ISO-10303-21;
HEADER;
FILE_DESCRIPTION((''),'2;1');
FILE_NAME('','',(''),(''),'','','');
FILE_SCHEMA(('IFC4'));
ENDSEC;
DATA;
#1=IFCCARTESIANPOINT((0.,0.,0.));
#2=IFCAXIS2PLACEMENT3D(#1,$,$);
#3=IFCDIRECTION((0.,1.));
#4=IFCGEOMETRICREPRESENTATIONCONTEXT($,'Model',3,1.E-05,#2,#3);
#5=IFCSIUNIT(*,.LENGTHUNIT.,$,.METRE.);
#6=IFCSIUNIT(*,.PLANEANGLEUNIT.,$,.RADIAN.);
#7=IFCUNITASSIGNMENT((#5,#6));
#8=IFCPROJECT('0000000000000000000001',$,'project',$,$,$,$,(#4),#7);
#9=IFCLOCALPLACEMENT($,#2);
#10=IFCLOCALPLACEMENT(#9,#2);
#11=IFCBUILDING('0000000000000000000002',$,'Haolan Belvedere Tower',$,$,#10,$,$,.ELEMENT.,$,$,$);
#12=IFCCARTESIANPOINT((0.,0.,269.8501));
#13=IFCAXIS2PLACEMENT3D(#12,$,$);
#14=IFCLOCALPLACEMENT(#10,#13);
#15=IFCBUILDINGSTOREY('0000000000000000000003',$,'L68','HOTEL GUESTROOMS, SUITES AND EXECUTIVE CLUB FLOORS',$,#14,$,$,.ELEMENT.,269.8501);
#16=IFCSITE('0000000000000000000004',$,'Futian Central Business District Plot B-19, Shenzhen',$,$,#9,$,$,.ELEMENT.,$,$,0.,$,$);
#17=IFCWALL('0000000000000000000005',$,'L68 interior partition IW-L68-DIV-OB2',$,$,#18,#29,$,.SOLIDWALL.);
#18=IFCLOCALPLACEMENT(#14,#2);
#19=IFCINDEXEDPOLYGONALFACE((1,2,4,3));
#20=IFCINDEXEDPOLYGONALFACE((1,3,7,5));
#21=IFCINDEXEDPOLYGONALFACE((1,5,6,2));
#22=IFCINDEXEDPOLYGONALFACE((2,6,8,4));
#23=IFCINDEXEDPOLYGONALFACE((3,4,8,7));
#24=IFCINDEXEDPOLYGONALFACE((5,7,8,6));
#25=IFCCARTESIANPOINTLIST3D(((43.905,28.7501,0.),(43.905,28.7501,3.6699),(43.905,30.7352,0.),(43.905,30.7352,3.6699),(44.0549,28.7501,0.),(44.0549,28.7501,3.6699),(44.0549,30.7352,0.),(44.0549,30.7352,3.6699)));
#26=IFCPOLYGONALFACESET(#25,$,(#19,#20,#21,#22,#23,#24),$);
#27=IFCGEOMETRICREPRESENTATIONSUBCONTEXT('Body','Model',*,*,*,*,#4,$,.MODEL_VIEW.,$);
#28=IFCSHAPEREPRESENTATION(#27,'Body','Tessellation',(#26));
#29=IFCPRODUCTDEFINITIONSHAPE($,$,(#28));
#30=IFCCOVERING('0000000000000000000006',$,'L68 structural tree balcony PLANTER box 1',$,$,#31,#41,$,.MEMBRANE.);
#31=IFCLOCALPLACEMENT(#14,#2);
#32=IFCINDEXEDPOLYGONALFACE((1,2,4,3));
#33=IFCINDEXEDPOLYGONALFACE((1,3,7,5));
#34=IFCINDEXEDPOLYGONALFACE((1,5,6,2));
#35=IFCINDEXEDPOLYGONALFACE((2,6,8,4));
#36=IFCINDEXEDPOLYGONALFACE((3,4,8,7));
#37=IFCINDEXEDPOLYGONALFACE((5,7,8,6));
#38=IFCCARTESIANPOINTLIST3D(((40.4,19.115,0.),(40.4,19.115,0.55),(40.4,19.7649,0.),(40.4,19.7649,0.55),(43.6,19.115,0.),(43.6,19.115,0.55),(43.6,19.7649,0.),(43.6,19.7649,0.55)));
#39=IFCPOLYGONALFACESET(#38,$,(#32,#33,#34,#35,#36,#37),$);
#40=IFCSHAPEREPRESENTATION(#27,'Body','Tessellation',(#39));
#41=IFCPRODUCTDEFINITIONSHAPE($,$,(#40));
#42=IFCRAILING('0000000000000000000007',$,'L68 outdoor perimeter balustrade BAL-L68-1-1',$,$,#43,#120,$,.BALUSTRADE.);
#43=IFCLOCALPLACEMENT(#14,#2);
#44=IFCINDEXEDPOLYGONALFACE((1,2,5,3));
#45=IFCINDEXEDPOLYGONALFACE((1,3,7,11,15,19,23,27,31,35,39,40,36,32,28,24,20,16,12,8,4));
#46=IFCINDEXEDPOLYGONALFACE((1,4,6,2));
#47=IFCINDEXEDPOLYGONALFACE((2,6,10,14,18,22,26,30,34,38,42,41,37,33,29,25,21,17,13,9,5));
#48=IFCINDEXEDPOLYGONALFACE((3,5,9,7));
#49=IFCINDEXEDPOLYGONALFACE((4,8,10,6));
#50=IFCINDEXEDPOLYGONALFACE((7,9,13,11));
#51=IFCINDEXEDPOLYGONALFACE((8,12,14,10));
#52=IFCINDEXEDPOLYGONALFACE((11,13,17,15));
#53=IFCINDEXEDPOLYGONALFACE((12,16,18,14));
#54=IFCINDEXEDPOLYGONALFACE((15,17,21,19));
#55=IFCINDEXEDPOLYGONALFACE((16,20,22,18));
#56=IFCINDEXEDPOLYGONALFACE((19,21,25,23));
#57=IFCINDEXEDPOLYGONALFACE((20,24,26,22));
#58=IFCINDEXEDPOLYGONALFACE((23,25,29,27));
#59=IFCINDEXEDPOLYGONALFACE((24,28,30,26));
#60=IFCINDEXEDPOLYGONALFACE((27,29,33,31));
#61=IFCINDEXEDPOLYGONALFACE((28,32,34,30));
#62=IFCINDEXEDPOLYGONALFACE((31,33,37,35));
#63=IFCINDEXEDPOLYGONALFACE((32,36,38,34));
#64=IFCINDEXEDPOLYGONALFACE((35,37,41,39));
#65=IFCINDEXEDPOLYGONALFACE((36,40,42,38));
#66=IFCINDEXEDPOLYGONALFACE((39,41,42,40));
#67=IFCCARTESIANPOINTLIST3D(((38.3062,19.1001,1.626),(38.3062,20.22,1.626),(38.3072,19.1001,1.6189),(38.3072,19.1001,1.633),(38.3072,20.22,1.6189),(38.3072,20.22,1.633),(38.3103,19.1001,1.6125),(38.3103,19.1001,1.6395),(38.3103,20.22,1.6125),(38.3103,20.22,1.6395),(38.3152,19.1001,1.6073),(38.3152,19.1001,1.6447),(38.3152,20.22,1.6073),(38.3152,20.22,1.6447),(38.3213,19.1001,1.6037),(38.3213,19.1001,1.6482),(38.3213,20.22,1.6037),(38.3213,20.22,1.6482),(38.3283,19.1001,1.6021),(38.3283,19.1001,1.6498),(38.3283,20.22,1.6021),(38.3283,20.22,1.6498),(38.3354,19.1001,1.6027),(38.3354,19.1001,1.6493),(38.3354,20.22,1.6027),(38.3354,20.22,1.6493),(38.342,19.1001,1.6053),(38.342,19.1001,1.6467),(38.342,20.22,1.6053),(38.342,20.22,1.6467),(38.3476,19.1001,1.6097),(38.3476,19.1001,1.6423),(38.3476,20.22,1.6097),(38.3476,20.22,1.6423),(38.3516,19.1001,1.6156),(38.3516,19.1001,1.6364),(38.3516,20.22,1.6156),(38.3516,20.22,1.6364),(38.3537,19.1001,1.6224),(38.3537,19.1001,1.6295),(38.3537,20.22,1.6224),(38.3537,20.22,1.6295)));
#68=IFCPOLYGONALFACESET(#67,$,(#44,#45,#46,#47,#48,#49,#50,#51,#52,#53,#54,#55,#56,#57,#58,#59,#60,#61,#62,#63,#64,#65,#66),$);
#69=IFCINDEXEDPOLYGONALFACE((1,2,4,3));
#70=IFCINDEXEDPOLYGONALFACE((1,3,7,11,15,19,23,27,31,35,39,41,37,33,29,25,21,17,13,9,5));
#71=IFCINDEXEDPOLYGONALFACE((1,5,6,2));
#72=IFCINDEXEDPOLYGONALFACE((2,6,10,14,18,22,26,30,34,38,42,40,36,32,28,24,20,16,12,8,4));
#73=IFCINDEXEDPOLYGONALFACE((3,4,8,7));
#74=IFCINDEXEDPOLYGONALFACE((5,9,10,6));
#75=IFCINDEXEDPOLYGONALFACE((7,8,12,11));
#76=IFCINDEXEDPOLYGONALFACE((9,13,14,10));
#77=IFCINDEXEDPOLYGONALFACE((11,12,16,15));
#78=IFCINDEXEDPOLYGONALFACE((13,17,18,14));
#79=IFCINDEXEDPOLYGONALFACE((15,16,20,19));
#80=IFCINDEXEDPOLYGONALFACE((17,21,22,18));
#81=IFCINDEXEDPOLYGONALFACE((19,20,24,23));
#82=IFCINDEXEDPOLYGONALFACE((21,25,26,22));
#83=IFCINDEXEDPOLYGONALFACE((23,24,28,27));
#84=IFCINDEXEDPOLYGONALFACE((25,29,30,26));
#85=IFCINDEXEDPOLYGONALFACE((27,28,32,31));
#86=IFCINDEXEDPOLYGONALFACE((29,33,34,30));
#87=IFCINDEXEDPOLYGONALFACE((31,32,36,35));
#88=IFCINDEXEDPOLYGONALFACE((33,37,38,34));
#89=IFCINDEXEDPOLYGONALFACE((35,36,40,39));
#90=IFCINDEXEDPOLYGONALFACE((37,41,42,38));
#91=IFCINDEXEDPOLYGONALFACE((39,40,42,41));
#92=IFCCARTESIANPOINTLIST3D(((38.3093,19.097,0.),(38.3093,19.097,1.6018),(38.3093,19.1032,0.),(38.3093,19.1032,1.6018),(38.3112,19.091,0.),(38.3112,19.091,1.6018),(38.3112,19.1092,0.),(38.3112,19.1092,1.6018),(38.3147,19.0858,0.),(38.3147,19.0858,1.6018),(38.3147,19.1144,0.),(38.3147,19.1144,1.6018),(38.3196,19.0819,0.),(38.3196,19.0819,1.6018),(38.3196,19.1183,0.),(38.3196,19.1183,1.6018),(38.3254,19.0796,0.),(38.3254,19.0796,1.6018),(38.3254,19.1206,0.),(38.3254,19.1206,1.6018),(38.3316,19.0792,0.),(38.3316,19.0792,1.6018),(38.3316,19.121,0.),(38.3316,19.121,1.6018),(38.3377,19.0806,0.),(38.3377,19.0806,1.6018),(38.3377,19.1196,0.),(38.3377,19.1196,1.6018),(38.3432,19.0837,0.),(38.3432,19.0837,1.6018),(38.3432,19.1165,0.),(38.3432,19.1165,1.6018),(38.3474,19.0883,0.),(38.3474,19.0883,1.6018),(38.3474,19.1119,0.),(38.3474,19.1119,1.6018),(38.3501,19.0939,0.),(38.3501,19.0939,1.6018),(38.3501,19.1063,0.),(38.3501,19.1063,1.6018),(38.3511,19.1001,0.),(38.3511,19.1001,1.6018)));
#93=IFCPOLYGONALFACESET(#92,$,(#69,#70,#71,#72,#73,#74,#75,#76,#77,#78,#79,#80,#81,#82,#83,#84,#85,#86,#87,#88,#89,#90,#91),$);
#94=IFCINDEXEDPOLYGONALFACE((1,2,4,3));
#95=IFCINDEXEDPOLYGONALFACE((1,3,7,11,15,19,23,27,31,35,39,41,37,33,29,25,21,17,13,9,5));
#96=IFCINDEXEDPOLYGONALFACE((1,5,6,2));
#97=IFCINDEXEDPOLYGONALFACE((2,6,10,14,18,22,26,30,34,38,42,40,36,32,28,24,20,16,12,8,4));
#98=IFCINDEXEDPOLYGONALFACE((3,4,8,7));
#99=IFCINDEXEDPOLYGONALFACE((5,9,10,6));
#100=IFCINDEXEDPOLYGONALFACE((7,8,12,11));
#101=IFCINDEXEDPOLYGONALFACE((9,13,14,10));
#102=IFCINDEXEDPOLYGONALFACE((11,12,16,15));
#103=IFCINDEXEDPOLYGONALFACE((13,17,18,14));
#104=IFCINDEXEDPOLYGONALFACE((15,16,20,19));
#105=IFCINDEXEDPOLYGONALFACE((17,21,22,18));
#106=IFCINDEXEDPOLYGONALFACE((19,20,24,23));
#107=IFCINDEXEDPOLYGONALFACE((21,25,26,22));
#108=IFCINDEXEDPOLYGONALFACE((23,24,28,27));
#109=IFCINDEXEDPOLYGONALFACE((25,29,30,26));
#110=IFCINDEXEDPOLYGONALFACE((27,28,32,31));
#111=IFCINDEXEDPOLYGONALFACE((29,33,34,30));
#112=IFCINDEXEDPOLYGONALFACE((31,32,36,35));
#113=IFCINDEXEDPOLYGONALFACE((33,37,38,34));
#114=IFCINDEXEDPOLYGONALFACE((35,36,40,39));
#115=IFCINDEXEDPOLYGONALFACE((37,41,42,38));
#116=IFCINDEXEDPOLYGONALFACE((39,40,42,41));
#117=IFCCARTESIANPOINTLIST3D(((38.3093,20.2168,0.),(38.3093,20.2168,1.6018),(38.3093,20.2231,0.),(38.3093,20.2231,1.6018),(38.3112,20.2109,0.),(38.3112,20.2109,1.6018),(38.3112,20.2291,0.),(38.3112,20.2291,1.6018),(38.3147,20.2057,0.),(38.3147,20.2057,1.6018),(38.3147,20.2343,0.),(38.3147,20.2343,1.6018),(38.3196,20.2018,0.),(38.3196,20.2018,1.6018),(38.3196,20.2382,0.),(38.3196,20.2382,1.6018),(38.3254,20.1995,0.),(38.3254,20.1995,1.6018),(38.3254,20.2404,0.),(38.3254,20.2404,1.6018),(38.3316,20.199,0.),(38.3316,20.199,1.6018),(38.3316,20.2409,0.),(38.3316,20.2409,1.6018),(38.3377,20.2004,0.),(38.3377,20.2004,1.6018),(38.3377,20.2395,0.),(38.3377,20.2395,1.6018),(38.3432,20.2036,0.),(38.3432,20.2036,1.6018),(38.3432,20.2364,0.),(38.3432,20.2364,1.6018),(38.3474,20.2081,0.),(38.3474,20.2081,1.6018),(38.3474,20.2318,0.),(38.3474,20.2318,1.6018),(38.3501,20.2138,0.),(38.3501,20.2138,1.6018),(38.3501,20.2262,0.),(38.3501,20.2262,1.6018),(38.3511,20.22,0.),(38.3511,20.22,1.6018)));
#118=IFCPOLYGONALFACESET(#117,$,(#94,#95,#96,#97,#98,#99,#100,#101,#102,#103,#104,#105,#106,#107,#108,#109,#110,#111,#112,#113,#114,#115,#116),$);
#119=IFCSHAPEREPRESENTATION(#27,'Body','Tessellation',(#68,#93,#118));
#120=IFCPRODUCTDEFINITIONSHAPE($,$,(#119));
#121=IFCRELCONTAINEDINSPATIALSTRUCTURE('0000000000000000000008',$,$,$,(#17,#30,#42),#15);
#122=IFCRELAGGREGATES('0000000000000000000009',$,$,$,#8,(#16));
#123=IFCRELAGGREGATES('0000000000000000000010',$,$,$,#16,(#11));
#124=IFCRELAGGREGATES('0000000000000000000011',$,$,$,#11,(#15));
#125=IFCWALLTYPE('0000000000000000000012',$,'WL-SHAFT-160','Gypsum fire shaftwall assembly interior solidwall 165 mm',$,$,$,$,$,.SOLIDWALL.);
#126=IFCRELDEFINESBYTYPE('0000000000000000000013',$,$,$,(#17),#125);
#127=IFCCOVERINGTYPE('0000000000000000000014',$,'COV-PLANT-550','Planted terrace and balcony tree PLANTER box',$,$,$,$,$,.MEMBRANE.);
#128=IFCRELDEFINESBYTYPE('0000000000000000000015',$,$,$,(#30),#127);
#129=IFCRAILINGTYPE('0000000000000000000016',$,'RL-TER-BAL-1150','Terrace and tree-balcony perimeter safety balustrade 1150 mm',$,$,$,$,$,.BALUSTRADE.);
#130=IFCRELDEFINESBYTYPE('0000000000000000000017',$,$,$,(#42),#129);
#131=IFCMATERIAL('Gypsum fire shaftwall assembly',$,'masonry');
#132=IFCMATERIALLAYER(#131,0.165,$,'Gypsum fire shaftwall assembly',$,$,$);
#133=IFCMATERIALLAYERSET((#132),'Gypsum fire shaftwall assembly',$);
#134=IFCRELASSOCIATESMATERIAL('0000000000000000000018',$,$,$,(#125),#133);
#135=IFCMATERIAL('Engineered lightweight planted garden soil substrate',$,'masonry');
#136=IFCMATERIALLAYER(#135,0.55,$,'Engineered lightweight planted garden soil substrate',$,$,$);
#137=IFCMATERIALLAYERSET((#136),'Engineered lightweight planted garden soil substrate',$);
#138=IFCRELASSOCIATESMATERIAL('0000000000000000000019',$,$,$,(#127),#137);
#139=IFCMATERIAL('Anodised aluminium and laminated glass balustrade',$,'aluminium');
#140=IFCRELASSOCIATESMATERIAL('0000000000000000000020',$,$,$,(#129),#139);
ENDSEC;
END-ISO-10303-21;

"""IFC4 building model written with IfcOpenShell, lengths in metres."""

from ifc_helpers import new_model, si_unit, direction, frame, frame_2d, origin, origin_2d, place, context, subcontext, project, spatial, rectangle, circle, extrude, material, layer, layer_set, type_object, element, save


model = new_model("IFC4")

# Units and contexts
model_context = context("Model", 3, precision=1e-05, world=origin(), true_north=direction((0.0, 1.0)))
body_context = subcontext(model_context, "Body", "Model", "MODEL_VIEW")
ifc_project = project(units=[si_unit("LENGTHUNIT", "METRE"), si_unit("PLANEANGLEUNIT", "RADIAN")], contexts=[model_context])

# Site, building, storey
site_placement = place(None, origin())
site = spatial("IfcSite", under=ifc_project, at=site_placement, Name="Futian Central Business District Plot B-19, Shenzhen", CompositionType="ELEMENT", RefElevation=0.0)
building_placement = place(site_placement, origin())
building = spatial("IfcBuilding", under=site, at=building_placement, Name="Haolan Belvedere Tower", CompositionType="ELEMENT")
storey_placement = place(building_placement, frame((0.0, 0.0, 269.8501)))
storey = spatial("IfcBuildingStorey", under=building, at=storey_placement, Name="L68", Description="HOTEL GUESTROOMS, SUITES AND EXECUTIVE CLUB FLOORS", CompositionType="ELEMENT", Elevation=269.8501)

# Wall
ifc_material_1 = material(Name="Gypsum fire shaftwall assembly", Category="masonry")
ifc_layer_1 = layer(ifc_material_1, 0.165, Name="Gypsum fire shaftwall assembly")
ifc_layer_set_1 = layer_set([ifc_layer_1], Name="Gypsum fire shaftwall assembly")
wall_type_1 = type_object("IfcWallType", Name="WL-SHAFT-160", Description="Gypsum fire shaftwall assembly interior solidwall 165 mm", PredefinedType="SOLIDWALL", material=ifc_layer_set_1)
for number, where, z_axis, x_axis, name in (
    (1, (43.98, 28.75, 0.0), (0.0, 0.0, 1.0), (0.0, 1.0, 0.0), "L68 interior partition IW-L68-DIV-OB2"),
):
    element("IfcWall", number, at=place(storey_placement, frame(where, z_axis=z_axis, x_axis=x_axis)), inside=storey, type_object=wall_type_1, Name=name, PredefinedType="SOLIDWALL", context=body_context, shape_type="SweptSolid", body=[
        extrude(rectangle(XDim=1.9851, YDim=0.1499, at=frame_2d((0.9927, 0.0))), origin(), (0.0, 0.0, 1.0), 3.6699),
    ])

# Covering
ifc_material_2 = material(Name="Engineered lightweight planted garden soil substrate", Category="masonry")
ifc_layer_2 = layer(ifc_material_2, 0.55, Name="Engineered lightweight planted garden soil substrate")
ifc_layer_set_2 = layer_set([ifc_layer_2], Name="Engineered lightweight planted garden soil substrate")
covering_type = type_object("IfcCoveringType", Name="COV-PLANT-550", Description="Planted terrace and balcony tree PLANTER box", PredefinedType="MEMBRANE", material=ifc_layer_set_2)
covering_placement = place(storey_placement, frame((42.0, 19.4399, 0.0), z_axis=(0.0, 0.0, 1.0), x_axis=(1.0, 0.0, 0.0)))
element("IfcCovering", 2, at=covering_placement, inside=storey, type_object=covering_type, Name="L68 structural tree balcony PLANTER box 1", PredefinedType="MEMBRANE", context=body_context, shape_type="SweptSolid", body=[
    extrude(rectangle(XDim=3.2, YDim=0.6499, at=origin_2d()), origin(), (0.0, 0.0, 1.0), 0.55),
])

# Railing
ifc_material_3 = material(Name="Anodised aluminium and laminated glass balustrade", Category="aluminium")
railing_type = type_object("IfcRailingType", Name="RL-TER-BAL-1150", Description="Terrace and tree-balcony perimeter safety balustrade 1150 mm", PredefinedType="BALUSTRADE", material=ifc_material_3)
railing_placement = place(storey_placement, frame((38.3301, 19.1001, 0.0)))
element("IfcRailing", 3, at=railing_placement, inside=storey, type_object=railing_type, Name="L68 outdoor perimeter balustrade BAL-L68-1-1", PredefinedType="BALUSTRADE", context=body_context, shape_type="SweptSolid", body=[
    extrude(circle(Radius=0.0239, at=origin_2d()), frame((0.0, 0.0, 1.626), z_axis=(0.0, 1.0, 0.0), x_axis=(-1.0, 0.0, 0.0)), (0.0, 0.0, 1.0), 1.1199),
    extrude(circle(Radius=0.021, at=origin_2d()), origin(), (0.0, 0.0, 1.0), 1.6018),
    extrude(circle(Radius=0.021, at=origin_2d()), frame((0.0, 1.1199, 0.0)), (0.0, 0.0, 1.0), 1.6018),
])

save(model, "model.ifc")
